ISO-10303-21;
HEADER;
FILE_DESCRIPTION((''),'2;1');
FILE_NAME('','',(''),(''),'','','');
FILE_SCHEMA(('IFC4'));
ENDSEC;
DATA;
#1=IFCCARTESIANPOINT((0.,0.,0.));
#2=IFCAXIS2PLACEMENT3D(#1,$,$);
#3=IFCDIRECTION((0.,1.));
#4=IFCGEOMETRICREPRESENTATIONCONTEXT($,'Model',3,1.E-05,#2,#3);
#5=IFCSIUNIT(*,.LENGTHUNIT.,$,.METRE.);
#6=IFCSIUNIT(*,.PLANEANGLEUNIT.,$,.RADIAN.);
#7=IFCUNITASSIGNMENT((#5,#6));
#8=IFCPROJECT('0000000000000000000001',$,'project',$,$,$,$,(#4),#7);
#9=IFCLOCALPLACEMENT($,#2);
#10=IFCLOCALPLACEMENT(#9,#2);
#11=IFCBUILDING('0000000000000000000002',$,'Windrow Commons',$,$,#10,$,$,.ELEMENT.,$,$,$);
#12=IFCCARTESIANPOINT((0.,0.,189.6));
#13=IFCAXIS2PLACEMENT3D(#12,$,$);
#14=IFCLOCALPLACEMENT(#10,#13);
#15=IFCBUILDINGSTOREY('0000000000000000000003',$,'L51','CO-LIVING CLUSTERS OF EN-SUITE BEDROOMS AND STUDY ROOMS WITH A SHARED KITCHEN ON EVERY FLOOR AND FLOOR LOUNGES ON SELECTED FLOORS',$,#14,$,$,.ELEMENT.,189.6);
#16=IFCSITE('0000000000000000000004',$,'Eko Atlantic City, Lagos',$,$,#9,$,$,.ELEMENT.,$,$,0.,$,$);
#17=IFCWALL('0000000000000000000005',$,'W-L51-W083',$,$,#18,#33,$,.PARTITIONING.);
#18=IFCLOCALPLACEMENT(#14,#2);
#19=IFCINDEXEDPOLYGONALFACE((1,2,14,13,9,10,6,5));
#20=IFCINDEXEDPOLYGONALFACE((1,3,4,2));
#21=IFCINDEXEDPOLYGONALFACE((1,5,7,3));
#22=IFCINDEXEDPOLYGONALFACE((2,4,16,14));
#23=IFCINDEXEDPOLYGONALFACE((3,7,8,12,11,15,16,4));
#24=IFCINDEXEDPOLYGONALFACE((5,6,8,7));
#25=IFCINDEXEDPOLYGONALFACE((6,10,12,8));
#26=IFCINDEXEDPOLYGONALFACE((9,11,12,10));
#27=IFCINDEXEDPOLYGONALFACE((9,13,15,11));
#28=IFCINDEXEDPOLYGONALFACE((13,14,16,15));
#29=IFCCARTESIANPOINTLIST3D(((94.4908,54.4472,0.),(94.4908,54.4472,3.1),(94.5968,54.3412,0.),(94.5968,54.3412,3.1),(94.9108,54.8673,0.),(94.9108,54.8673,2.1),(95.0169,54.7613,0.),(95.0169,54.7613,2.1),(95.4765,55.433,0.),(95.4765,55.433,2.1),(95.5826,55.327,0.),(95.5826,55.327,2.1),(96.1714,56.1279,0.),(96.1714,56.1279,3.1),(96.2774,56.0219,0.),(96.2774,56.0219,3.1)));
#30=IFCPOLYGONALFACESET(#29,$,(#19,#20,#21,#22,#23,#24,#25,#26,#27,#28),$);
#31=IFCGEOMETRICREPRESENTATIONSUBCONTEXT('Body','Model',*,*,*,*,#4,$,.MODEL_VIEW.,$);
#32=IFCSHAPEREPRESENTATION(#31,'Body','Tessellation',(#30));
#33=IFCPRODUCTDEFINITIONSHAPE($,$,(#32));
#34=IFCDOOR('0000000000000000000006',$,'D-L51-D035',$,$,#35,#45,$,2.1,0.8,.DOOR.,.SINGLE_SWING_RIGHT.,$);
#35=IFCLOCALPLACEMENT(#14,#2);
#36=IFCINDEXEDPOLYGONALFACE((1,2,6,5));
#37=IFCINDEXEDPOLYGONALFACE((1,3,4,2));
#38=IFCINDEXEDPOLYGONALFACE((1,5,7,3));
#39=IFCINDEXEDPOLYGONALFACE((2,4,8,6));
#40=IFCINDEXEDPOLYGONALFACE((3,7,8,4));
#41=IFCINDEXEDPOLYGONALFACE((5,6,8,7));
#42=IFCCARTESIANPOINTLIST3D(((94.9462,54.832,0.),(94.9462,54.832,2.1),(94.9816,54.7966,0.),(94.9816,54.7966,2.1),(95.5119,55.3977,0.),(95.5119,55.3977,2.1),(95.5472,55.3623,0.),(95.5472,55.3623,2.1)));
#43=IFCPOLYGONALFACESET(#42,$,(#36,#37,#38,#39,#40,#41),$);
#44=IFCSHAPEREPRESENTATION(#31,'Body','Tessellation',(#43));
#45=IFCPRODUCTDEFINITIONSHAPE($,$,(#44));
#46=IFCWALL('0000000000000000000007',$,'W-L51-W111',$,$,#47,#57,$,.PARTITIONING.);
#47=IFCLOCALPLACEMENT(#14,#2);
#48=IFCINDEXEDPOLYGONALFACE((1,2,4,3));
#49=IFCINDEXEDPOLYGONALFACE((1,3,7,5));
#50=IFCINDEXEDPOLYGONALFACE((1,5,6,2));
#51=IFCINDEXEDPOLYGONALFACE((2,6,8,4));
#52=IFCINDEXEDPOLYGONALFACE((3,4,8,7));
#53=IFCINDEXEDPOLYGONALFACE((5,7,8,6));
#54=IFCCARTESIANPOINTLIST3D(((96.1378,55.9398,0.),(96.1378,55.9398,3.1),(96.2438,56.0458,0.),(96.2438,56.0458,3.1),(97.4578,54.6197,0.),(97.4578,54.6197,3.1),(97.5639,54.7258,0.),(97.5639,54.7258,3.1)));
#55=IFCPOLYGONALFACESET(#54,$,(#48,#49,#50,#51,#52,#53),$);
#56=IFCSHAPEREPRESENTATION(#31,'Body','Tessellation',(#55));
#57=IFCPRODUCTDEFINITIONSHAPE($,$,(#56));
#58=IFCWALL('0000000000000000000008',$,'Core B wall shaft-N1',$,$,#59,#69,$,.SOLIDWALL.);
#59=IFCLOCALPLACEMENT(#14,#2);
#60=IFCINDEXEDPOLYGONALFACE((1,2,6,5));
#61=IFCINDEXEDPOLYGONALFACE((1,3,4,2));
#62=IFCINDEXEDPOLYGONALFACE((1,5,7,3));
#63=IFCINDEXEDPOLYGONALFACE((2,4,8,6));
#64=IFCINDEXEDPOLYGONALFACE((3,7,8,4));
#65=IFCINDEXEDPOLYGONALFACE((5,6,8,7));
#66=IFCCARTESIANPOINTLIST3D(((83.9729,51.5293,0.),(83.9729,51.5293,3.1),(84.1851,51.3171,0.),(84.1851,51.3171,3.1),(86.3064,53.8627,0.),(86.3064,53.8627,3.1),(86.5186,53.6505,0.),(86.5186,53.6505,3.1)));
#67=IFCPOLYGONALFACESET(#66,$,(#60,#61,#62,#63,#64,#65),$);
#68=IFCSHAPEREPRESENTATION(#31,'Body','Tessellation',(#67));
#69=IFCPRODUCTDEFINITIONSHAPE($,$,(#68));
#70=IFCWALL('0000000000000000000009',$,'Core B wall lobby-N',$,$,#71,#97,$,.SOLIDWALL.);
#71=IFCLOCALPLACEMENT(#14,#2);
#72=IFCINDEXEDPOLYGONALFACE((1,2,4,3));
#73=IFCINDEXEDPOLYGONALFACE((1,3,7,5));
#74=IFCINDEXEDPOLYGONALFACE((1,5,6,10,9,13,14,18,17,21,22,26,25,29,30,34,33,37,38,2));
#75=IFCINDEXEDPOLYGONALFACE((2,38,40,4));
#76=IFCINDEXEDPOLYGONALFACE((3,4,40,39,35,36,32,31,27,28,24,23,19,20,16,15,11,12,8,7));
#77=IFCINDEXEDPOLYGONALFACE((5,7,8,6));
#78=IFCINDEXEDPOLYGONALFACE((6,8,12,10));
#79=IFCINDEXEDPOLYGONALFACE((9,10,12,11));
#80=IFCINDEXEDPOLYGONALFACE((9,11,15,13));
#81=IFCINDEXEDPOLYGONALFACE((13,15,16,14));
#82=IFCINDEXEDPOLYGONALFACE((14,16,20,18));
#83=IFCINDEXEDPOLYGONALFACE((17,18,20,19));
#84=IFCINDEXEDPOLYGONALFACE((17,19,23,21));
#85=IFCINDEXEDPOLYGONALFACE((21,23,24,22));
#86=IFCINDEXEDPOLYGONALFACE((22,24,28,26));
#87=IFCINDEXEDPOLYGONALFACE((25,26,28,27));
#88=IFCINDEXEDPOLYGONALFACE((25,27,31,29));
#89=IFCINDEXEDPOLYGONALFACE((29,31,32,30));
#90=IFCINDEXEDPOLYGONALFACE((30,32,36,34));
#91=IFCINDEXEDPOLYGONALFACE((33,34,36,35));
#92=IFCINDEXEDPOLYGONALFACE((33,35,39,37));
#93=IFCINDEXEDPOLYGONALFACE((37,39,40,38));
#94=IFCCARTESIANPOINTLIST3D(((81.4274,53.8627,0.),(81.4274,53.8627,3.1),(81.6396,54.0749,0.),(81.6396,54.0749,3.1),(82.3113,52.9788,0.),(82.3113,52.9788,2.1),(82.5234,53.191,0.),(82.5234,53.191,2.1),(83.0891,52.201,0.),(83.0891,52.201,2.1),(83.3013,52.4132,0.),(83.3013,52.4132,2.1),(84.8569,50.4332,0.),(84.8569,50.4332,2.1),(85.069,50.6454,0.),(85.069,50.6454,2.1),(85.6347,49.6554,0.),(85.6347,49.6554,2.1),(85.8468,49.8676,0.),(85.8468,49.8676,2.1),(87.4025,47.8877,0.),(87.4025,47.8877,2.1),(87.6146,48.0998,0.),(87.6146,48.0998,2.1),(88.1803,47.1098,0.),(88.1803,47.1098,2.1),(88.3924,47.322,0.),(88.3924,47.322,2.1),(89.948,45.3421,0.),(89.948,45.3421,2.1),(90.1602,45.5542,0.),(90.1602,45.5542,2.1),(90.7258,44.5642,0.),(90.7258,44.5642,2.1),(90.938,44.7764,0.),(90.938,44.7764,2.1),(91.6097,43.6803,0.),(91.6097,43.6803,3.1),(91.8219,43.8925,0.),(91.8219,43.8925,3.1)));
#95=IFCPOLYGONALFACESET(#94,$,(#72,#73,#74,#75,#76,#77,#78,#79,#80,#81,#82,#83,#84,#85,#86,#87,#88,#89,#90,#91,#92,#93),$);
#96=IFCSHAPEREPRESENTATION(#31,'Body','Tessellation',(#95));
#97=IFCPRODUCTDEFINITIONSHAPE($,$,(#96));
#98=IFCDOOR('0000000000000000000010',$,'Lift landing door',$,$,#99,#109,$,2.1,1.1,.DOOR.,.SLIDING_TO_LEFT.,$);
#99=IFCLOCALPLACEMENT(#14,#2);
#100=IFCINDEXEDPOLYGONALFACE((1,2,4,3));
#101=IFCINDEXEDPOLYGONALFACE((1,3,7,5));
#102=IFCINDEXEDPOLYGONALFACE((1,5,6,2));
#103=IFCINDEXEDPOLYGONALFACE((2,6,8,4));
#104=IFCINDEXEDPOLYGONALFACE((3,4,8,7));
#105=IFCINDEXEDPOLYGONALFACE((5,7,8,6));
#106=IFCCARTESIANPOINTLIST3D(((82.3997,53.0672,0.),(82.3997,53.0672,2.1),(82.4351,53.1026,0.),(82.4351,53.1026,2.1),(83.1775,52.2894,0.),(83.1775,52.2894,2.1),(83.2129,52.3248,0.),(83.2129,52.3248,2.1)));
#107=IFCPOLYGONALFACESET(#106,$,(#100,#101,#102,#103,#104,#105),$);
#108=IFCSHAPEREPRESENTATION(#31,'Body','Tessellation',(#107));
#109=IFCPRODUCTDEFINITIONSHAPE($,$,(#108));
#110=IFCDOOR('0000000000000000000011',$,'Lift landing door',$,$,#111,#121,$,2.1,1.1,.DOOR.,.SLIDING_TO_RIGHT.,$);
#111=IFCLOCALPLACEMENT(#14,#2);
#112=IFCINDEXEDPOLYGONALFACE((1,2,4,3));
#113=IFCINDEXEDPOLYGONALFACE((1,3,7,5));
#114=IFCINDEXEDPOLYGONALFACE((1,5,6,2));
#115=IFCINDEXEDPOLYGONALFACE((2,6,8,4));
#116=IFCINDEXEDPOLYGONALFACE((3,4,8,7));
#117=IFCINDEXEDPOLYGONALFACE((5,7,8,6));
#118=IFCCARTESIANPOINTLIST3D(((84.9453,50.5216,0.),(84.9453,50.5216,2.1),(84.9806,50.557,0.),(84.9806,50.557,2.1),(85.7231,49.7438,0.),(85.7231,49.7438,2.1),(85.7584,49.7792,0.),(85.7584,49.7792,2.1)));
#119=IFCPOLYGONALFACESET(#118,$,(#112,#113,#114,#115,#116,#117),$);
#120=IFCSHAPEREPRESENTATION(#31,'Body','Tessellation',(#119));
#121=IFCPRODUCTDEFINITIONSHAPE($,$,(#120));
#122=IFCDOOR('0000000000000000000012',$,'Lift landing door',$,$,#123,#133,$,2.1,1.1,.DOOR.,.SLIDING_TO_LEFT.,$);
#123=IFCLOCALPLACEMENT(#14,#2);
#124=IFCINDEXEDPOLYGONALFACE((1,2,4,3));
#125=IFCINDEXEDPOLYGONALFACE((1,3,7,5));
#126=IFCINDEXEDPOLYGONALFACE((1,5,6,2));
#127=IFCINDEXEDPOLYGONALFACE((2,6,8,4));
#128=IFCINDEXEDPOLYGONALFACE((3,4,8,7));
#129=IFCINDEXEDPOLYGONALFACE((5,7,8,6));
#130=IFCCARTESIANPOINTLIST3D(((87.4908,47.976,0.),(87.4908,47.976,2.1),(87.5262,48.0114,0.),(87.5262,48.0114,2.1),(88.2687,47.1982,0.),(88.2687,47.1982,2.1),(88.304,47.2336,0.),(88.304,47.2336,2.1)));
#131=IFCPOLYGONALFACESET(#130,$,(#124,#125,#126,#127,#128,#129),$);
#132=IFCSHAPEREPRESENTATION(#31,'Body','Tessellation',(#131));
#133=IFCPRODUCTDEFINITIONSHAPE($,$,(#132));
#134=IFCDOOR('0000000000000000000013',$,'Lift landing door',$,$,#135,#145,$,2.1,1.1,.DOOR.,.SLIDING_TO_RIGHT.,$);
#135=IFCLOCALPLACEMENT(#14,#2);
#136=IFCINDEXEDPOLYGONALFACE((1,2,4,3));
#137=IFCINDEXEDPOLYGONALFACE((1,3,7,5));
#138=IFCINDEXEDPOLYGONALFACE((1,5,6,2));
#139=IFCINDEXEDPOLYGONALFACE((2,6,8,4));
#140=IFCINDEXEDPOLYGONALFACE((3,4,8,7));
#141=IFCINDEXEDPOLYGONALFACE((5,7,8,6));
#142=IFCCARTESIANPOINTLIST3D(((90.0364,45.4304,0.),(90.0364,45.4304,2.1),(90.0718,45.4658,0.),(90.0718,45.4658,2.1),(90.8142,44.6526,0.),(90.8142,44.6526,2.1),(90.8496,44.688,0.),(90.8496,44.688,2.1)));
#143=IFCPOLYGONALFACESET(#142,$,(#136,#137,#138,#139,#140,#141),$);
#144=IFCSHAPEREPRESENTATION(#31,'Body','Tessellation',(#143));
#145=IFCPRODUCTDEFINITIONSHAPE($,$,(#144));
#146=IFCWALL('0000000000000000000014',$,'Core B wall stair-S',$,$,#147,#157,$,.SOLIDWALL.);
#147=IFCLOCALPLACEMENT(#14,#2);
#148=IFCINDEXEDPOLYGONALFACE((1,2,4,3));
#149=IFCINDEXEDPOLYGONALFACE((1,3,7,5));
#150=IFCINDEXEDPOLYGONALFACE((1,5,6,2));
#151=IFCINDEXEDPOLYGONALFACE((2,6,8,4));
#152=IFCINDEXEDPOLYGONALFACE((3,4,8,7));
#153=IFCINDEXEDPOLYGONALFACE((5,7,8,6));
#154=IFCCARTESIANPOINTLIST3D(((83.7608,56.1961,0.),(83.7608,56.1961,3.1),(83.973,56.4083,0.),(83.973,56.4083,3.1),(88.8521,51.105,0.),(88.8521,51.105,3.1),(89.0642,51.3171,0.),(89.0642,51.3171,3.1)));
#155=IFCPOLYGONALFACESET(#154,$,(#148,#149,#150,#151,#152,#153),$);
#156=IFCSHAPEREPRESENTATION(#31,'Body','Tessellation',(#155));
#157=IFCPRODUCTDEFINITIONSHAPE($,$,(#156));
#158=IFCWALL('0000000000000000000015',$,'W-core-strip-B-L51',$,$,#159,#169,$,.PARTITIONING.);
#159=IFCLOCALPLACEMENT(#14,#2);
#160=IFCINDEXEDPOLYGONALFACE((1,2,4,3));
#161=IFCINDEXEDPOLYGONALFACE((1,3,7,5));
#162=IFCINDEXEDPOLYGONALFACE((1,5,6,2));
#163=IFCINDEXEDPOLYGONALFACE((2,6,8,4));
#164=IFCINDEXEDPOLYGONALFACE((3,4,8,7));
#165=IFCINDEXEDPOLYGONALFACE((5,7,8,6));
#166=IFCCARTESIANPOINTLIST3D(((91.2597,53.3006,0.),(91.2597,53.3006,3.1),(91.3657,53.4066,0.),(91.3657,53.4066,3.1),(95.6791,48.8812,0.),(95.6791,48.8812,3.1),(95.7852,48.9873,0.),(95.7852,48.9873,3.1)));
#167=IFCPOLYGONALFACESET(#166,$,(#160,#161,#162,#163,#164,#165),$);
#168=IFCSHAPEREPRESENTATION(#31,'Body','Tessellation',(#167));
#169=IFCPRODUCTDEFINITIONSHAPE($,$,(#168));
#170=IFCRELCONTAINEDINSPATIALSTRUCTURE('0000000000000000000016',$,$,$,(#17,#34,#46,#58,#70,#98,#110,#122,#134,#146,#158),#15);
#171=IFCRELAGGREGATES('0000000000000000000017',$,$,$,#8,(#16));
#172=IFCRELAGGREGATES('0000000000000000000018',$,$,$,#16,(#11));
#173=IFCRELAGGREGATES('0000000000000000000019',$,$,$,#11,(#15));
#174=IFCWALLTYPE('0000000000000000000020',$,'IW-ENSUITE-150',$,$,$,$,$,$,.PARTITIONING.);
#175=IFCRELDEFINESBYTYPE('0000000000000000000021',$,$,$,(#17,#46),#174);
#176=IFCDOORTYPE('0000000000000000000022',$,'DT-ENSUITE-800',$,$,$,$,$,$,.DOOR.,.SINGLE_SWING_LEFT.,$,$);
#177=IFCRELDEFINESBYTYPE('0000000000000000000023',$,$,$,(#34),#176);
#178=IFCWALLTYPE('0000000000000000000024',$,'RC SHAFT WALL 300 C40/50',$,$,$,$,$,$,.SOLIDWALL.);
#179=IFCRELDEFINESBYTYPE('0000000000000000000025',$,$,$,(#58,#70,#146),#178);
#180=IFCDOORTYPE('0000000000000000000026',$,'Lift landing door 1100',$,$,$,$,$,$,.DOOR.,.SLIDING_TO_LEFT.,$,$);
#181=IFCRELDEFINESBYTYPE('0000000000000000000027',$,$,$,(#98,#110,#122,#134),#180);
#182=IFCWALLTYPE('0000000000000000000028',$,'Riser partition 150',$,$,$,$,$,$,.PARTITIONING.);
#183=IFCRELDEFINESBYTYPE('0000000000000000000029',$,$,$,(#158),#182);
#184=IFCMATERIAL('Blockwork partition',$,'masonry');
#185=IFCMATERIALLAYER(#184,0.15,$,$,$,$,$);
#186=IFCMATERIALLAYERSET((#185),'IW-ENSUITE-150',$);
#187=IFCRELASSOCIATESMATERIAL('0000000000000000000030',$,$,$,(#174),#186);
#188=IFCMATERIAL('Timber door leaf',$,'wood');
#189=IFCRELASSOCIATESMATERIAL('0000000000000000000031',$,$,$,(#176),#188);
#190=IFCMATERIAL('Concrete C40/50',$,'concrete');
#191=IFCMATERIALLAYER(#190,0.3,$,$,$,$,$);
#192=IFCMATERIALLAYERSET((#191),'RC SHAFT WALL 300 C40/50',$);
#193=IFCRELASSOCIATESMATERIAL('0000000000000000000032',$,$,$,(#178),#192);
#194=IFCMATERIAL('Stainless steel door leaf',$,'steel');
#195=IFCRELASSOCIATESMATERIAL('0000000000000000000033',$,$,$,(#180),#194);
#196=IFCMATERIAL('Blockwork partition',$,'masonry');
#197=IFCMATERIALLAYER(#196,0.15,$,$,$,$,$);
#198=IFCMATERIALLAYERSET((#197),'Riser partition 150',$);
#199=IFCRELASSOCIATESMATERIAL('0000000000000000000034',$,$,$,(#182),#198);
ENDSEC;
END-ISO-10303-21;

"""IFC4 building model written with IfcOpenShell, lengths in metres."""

from ifc_helpers import new_model, si_unit, direction, frame, frame_2d, origin, place, context, subcontext, project, spatial, rectangle, extrude, material, layer, layer_set, type_object, element, fill, save


model = new_model("IFC4")

# Units and contexts
model_context = context("Model", 3, precision=1e-05, world=origin(), true_north=direction((0.0, 1.0)))
body_context = subcontext(model_context, "Body", "Model", "MODEL_VIEW")
ifc_project = project(units=[si_unit("LENGTHUNIT", "METRE"), si_unit("PLANEANGLEUNIT", "RADIAN")], contexts=[model_context])

# Site, building, storey
site_placement = place(None, origin())
site = spatial("IfcSite", under=ifc_project, at=site_placement, Name="Eko Atlantic City, Lagos", CompositionType="ELEMENT", RefElevation=0.0)
building_placement = place(site_placement, origin())
building = spatial("IfcBuilding", under=site, at=building_placement, Name="Windrow Commons", CompositionType="ELEMENT")
storey_placement = place(building_placement, frame((0.0, 0.0, 189.6)))
storey = spatial("IfcBuildingStorey", under=building, at=storey_placement, Name="L51", Description="CO-LIVING CLUSTERS OF EN-SUITE BEDROOMS AND STUDY ROOMS WITH A SHARED KITCHEN ON EVERY FLOOR AND FLOOR LOUNGES ON SELECTED FLOORS", CompositionType="ELEMENT", Elevation=189.6)

# Shared definitions
ifc_material_1 = material(Name="Blockwork partition", Category="masonry")
ifc_layer_1 = layer(ifc_material_1, 0.15)
ifc_layer_set_1 = layer_set([ifc_layer_1], Name="IW-ENSUITE-150")
wall_type_1 = type_object("IfcWallType", Name="IW-ENSUITE-150", PredefinedType="PARTITIONING", material=ifc_layer_set_1)

# Wall, opening, door
wall_1_placement = place(storey_placement, frame((94.5438, 54.3942, 0.0), z_axis=(0.0, 0.0, 1.0), x_axis=(0.707086, 0.707128, 0.0)))
wall_1 = element("IfcWall", 1, at=wall_1_placement, inside=storey, type_object=wall_type_1, Name="W-L51-W083", PredefinedType="PARTITIONING", context=body_context, shape_type="SweptSolid", body=[
    extrude(rectangle(XDim=2.3768, YDim=0.15, at=frame_2d((1.1884, 0.0))), origin(), (0.0, 0.0, 1.0), 3.1),
])
opening_1_placement = place(wall_1_placement, frame((0.5941, 0.0, 0.0)))
opening_1 = element("IfcOpeningElement", 2, at=opening_1_placement, cuts=wall_1, PredefinedType="OPENING", context=body_context, shape_type="SweptSolid", body=[
    extrude(rectangle(XDim=0.8, YDim=2.1, at=frame_2d((0.4, 1.05))), frame((0.0, 0.085, 0.0), z_axis=(0.0, -1.0, 0.0), x_axis=(1.0, 0.0, 0.0)), (0.0, 0.0, 1.0), 0.17),
])
ifc_material_2 = material(Name="Timber door leaf", Category="wood")
door_type_1 = type_object("IfcDoorType", Name="DT-ENSUITE-800", OperationType="SINGLE_SWING_LEFT", PredefinedType="DOOR", material=ifc_material_2)
door_1_placement = place(opening_1_placement, origin())
door_1 = element("IfcDoor", 3, at=door_1_placement, inside=storey, type_object=door_type_1, Name="D-L51-D035", OperationType="SINGLE_SWING_RIGHT", OverallHeight=2.1, OverallWidth=0.8, PredefinedType="DOOR", context=body_context, shape_type="SweptSolid", body=[
    extrude(rectangle(XDim=0.8, YDim=2.1, at=frame_2d((0.4, 1.05))), frame((0.0, 0.025, 0.0), z_axis=(0.0, -1.0, 0.0), x_axis=(1.0, 0.0, 0.0)), (0.0, 0.0, 1.0), 0.05),
])
fill(opening_1, door_1)

# Walls
wall_2_placement = place(storey_placement, frame((96.1908, 55.9928, 0.0), z_axis=(0.0, 0.0, 1.0), x_axis=(0.707107, -0.707107, 0.0)))
element("IfcWall", 4, at=wall_2_placement, inside=storey, type_object=wall_type_1, Name="W-L51-W111", PredefinedType="PARTITIONING", context=body_context, shape_type="SweptSolid", body=[
    extrude(rectangle(XDim=1.8668, YDim=0.15, at=frame_2d((0.9334, 0.0))), origin(), (0.0, 0.0, 1.0), 3.1),
])
ifc_material_3 = material(Name="Concrete C40/50", Category="concrete")
ifc_layer_2 = layer(ifc_material_3, 0.3)
ifc_layer_set_2 = layer_set([ifc_layer_2], Name="RC SHAFT WALL 300 C40/50")
wall_type_2 = type_object("IfcWallType", Name="RC SHAFT WALL 300 C40/50", PredefinedType="SOLIDWALL", material=ifc_layer_set_2)
wall_3_placement = place(storey_placement, frame((84.079, 51.4232, 0.0), z_axis=(0.0, 0.0, 1.0), x_axis=(0.707122, 0.707092, 0.0)))
element("IfcWall", 5, at=wall_3_placement, inside=storey, type_object=wall_type_2, Name="Core B wall shaft-N1", PredefinedType="SOLIDWALL", context=body_context, shape_type="SweptSolid", body=[
    extrude(rectangle(XDim=3.3, YDim=0.3, at=frame_2d((1.65, 0.0))), origin(), (0.0, 0.0, 1.0), 3.1),
])

# Wall, openings, doors
wall_4_placement = place(storey_placement, frame((81.5335, 53.9688, 0.0), z_axis=(0.0, 0.0, 1.0), x_axis=(0.707103, -0.70711, 0.0)))
wall_4 = element("IfcWall", 6, at=wall_4_placement, inside=storey, type_object=wall_type_2, Name="Core B wall lobby-N", PredefinedType="SOLIDWALL", context=body_context, shape_type="SweptSolid", body=[
    extrude(rectangle(XDim=14.4, YDim=0.3, at=frame_2d((7.2, 0.0))), origin(), (0.0, 0.0, 1.0), 3.1),
])
opening_2_placement = place(wall_4_placement, frame((1.25, 0.0, 0.0)))
opening_2 = element("IfcOpeningElement", 7, at=opening_2_placement, cuts=wall_4, PredefinedType="OPENING", context=body_context, shape_type="SweptSolid", body=[
    extrude(rectangle(XDim=1.1, YDim=2.1, at=frame_2d((0.55, 1.05))), frame((0.0, 0.16, 0.0), z_axis=(0.0, -1.0, 0.0), x_axis=(1.0, 0.0, 0.0)), (0.0, 0.0, 1.0), 0.32),
])
opening_3_placement = place(wall_4_placement, frame((4.85, 0.0, 0.0)))
opening_3 = element("IfcOpeningElement", 8, at=opening_3_placement, cuts=wall_4, PredefinedType="OPENING", context=body_context, shape_type="SweptSolid", body=[
    extrude(rectangle(XDim=1.1, YDim=2.1, at=frame_2d((0.55, 1.05))), frame((0.0, 0.16, 0.0), z_axis=(0.0, -1.0, 0.0), x_axis=(1.0, 0.0, 0.0)), (0.0, 0.0, 1.0), 0.32),
])
opening_4_placement = place(wall_4_placement, frame((8.45, 0.0, 0.0)))
opening_4 = element("IfcOpeningElement", 9, at=opening_4_placement, cuts=wall_4, PredefinedType="OPENING", context=body_context, shape_type="SweptSolid", body=[
    extrude(rectangle(XDim=1.1, YDim=2.1, at=frame_2d((0.55, 1.05))), frame((0.0, 0.16, 0.0), z_axis=(0.0, -1.0, 0.0), x_axis=(1.0, 0.0, 0.0)), (0.0, 0.0, 1.0), 0.32),
])
opening_5_placement = place(wall_4_placement, frame((12.05, 0.0, 0.0)))
opening_5 = element("IfcOpeningElement", 10, at=opening_5_placement, cuts=wall_4, PredefinedType="OPENING", context=body_context, shape_type="SweptSolid", body=[
    extrude(rectangle(XDim=1.1, YDim=2.1, at=frame_2d((0.55, 1.05))), frame((0.0, 0.16, 0.0), z_axis=(0.0, -1.0, 0.0), x_axis=(1.0, 0.0, 0.0)), (0.0, 0.0, 1.0), 0.32),
])
ifc_material_4 = material(Name="Stainless steel door leaf", Category="steel")
door_type_2 = type_object("IfcDoorType", Name="Lift landing door 1100", OperationType="SLIDING_TO_LEFT", PredefinedType="DOOR", material=ifc_material_4)
door_2_placement = place(opening_2_placement, origin())
door_2 = element("IfcDoor", 11, at=door_2_placement, inside=storey, type_object=door_type_2, Name="Lift landing door", OperationType="SLIDING_TO_LEFT", OverallHeight=2.1, OverallWidth=1.1, PredefinedType="DOOR", context=body_context, shape_type="SweptSolid", body=[
    extrude(rectangle(XDim=1.1, YDim=2.1, at=frame_2d((0.55, 1.05))), frame((0.0, 0.025, 0.0), z_axis=(0.0, -1.0, 0.0), x_axis=(1.0, 0.0, 0.0)), (0.0, 0.0, 1.0), 0.05),
])
fill(opening_2, door_2)
door_3_placement = place(opening_3_placement, origin())
door_3 = element("IfcDoor", 12, at=door_3_placement, inside=storey, type_object=door_type_2, Name="Lift landing door", OperationType="SLIDING_TO_RIGHT", OverallHeight=2.1, OverallWidth=1.1, PredefinedType="DOOR", context=body_context, shape_type="SweptSolid", body=[
    extrude(rectangle(XDim=1.1, YDim=2.1, at=frame_2d((0.55, 1.05))), frame((0.0, 0.025, 0.0), z_axis=(0.0, -1.0, 0.0), x_axis=(1.0, 0.0, 0.0)), (0.0, 0.0, 1.0), 0.05),
])
fill(opening_3, door_3)
door_4_placement = place(opening_4_placement, origin())
door_4 = element("IfcDoor", 13, at=door_4_placement, inside=storey, type_object=door_type_2, Name="Lift landing door", OperationType="SLIDING_TO_LEFT", OverallHeight=2.1, OverallWidth=1.1, PredefinedType="DOOR", context=body_context, shape_type="SweptSolid", body=[
    extrude(rectangle(XDim=1.1, YDim=2.1, at=frame_2d((0.55, 1.05))), frame((0.0, 0.025, 0.0), z_axis=(0.0, -1.0, 0.0), x_axis=(1.0, 0.0, 0.0)), (0.0, 0.0, 1.0), 0.05),
])
fill(opening_4, door_4)
door_5_placement = place(opening_5_placement, origin())
door_5 = element("IfcDoor", 14, at=door_5_placement, inside=storey, type_object=door_type_2, Name="Lift landing door", OperationType="SLIDING_TO_RIGHT", OverallHeight=2.1, OverallWidth=1.1, PredefinedType="DOOR", context=body_context, shape_type="SweptSolid", body=[
    extrude(rectangle(XDim=1.1, YDim=2.1, at=frame_2d((0.55, 1.05))), frame((0.0, 0.025, 0.0), z_axis=(0.0, -1.0, 0.0), x_axis=(1.0, 0.0, 0.0)), (0.0, 0.0, 1.0), 0.05),
])
fill(opening_5, door_5)

# Walls
wall_5_placement = place(storey_placement, frame((83.8669, 56.3022, 0.0), z_axis=(0.0, 0.0, 1.0), x_axis=(0.707114, -0.7071, 0.0)))
element("IfcWall", 15, at=wall_5_placement, inside=storey, type_object=wall_type_2, Name="Core B wall stair-S", PredefinedType="SOLIDWALL", context=body_context, shape_type="SweptSolid", body=[
    extrude(rectangle(XDim=7.2, YDim=0.3, at=frame_2d((3.6, 0.0))), origin(), (0.0, 0.0, 1.0), 3.1),
])
ifc_material_5 = material(Name="Blockwork partition", Category="masonry")
ifc_layer_3 = layer(ifc_material_5, 0.15)
ifc_layer_set_3 = layer_set([ifc_layer_3], Name="Riser partition 150")
wall_type_3 = type_object("IfcWallType", Name="Riser partition 150", PredefinedType="PARTITIONING", material=ifc_layer_set_3)
wall_6_placement = place(storey_placement, frame((91.3127, 53.3536, 0.0), z_axis=(0.0, 0.0, 1.0), x_axis=(0.707115, -0.707099, 0.0)))
element("IfcWall", 16, at=wall_6_placement, inside=storey, type_object=wall_type_3, Name="W-core-strip-B-L51", PredefinedType="PARTITIONING", context=body_context, shape_type="SweptSolid", body=[
    extrude(rectangle(XDim=6.25, YDim=0.15, at=frame_2d((3.125, 0.0))), origin(), (0.0, 0.0, 1.0), 3.1),
])

save(model, "model.ifc")
